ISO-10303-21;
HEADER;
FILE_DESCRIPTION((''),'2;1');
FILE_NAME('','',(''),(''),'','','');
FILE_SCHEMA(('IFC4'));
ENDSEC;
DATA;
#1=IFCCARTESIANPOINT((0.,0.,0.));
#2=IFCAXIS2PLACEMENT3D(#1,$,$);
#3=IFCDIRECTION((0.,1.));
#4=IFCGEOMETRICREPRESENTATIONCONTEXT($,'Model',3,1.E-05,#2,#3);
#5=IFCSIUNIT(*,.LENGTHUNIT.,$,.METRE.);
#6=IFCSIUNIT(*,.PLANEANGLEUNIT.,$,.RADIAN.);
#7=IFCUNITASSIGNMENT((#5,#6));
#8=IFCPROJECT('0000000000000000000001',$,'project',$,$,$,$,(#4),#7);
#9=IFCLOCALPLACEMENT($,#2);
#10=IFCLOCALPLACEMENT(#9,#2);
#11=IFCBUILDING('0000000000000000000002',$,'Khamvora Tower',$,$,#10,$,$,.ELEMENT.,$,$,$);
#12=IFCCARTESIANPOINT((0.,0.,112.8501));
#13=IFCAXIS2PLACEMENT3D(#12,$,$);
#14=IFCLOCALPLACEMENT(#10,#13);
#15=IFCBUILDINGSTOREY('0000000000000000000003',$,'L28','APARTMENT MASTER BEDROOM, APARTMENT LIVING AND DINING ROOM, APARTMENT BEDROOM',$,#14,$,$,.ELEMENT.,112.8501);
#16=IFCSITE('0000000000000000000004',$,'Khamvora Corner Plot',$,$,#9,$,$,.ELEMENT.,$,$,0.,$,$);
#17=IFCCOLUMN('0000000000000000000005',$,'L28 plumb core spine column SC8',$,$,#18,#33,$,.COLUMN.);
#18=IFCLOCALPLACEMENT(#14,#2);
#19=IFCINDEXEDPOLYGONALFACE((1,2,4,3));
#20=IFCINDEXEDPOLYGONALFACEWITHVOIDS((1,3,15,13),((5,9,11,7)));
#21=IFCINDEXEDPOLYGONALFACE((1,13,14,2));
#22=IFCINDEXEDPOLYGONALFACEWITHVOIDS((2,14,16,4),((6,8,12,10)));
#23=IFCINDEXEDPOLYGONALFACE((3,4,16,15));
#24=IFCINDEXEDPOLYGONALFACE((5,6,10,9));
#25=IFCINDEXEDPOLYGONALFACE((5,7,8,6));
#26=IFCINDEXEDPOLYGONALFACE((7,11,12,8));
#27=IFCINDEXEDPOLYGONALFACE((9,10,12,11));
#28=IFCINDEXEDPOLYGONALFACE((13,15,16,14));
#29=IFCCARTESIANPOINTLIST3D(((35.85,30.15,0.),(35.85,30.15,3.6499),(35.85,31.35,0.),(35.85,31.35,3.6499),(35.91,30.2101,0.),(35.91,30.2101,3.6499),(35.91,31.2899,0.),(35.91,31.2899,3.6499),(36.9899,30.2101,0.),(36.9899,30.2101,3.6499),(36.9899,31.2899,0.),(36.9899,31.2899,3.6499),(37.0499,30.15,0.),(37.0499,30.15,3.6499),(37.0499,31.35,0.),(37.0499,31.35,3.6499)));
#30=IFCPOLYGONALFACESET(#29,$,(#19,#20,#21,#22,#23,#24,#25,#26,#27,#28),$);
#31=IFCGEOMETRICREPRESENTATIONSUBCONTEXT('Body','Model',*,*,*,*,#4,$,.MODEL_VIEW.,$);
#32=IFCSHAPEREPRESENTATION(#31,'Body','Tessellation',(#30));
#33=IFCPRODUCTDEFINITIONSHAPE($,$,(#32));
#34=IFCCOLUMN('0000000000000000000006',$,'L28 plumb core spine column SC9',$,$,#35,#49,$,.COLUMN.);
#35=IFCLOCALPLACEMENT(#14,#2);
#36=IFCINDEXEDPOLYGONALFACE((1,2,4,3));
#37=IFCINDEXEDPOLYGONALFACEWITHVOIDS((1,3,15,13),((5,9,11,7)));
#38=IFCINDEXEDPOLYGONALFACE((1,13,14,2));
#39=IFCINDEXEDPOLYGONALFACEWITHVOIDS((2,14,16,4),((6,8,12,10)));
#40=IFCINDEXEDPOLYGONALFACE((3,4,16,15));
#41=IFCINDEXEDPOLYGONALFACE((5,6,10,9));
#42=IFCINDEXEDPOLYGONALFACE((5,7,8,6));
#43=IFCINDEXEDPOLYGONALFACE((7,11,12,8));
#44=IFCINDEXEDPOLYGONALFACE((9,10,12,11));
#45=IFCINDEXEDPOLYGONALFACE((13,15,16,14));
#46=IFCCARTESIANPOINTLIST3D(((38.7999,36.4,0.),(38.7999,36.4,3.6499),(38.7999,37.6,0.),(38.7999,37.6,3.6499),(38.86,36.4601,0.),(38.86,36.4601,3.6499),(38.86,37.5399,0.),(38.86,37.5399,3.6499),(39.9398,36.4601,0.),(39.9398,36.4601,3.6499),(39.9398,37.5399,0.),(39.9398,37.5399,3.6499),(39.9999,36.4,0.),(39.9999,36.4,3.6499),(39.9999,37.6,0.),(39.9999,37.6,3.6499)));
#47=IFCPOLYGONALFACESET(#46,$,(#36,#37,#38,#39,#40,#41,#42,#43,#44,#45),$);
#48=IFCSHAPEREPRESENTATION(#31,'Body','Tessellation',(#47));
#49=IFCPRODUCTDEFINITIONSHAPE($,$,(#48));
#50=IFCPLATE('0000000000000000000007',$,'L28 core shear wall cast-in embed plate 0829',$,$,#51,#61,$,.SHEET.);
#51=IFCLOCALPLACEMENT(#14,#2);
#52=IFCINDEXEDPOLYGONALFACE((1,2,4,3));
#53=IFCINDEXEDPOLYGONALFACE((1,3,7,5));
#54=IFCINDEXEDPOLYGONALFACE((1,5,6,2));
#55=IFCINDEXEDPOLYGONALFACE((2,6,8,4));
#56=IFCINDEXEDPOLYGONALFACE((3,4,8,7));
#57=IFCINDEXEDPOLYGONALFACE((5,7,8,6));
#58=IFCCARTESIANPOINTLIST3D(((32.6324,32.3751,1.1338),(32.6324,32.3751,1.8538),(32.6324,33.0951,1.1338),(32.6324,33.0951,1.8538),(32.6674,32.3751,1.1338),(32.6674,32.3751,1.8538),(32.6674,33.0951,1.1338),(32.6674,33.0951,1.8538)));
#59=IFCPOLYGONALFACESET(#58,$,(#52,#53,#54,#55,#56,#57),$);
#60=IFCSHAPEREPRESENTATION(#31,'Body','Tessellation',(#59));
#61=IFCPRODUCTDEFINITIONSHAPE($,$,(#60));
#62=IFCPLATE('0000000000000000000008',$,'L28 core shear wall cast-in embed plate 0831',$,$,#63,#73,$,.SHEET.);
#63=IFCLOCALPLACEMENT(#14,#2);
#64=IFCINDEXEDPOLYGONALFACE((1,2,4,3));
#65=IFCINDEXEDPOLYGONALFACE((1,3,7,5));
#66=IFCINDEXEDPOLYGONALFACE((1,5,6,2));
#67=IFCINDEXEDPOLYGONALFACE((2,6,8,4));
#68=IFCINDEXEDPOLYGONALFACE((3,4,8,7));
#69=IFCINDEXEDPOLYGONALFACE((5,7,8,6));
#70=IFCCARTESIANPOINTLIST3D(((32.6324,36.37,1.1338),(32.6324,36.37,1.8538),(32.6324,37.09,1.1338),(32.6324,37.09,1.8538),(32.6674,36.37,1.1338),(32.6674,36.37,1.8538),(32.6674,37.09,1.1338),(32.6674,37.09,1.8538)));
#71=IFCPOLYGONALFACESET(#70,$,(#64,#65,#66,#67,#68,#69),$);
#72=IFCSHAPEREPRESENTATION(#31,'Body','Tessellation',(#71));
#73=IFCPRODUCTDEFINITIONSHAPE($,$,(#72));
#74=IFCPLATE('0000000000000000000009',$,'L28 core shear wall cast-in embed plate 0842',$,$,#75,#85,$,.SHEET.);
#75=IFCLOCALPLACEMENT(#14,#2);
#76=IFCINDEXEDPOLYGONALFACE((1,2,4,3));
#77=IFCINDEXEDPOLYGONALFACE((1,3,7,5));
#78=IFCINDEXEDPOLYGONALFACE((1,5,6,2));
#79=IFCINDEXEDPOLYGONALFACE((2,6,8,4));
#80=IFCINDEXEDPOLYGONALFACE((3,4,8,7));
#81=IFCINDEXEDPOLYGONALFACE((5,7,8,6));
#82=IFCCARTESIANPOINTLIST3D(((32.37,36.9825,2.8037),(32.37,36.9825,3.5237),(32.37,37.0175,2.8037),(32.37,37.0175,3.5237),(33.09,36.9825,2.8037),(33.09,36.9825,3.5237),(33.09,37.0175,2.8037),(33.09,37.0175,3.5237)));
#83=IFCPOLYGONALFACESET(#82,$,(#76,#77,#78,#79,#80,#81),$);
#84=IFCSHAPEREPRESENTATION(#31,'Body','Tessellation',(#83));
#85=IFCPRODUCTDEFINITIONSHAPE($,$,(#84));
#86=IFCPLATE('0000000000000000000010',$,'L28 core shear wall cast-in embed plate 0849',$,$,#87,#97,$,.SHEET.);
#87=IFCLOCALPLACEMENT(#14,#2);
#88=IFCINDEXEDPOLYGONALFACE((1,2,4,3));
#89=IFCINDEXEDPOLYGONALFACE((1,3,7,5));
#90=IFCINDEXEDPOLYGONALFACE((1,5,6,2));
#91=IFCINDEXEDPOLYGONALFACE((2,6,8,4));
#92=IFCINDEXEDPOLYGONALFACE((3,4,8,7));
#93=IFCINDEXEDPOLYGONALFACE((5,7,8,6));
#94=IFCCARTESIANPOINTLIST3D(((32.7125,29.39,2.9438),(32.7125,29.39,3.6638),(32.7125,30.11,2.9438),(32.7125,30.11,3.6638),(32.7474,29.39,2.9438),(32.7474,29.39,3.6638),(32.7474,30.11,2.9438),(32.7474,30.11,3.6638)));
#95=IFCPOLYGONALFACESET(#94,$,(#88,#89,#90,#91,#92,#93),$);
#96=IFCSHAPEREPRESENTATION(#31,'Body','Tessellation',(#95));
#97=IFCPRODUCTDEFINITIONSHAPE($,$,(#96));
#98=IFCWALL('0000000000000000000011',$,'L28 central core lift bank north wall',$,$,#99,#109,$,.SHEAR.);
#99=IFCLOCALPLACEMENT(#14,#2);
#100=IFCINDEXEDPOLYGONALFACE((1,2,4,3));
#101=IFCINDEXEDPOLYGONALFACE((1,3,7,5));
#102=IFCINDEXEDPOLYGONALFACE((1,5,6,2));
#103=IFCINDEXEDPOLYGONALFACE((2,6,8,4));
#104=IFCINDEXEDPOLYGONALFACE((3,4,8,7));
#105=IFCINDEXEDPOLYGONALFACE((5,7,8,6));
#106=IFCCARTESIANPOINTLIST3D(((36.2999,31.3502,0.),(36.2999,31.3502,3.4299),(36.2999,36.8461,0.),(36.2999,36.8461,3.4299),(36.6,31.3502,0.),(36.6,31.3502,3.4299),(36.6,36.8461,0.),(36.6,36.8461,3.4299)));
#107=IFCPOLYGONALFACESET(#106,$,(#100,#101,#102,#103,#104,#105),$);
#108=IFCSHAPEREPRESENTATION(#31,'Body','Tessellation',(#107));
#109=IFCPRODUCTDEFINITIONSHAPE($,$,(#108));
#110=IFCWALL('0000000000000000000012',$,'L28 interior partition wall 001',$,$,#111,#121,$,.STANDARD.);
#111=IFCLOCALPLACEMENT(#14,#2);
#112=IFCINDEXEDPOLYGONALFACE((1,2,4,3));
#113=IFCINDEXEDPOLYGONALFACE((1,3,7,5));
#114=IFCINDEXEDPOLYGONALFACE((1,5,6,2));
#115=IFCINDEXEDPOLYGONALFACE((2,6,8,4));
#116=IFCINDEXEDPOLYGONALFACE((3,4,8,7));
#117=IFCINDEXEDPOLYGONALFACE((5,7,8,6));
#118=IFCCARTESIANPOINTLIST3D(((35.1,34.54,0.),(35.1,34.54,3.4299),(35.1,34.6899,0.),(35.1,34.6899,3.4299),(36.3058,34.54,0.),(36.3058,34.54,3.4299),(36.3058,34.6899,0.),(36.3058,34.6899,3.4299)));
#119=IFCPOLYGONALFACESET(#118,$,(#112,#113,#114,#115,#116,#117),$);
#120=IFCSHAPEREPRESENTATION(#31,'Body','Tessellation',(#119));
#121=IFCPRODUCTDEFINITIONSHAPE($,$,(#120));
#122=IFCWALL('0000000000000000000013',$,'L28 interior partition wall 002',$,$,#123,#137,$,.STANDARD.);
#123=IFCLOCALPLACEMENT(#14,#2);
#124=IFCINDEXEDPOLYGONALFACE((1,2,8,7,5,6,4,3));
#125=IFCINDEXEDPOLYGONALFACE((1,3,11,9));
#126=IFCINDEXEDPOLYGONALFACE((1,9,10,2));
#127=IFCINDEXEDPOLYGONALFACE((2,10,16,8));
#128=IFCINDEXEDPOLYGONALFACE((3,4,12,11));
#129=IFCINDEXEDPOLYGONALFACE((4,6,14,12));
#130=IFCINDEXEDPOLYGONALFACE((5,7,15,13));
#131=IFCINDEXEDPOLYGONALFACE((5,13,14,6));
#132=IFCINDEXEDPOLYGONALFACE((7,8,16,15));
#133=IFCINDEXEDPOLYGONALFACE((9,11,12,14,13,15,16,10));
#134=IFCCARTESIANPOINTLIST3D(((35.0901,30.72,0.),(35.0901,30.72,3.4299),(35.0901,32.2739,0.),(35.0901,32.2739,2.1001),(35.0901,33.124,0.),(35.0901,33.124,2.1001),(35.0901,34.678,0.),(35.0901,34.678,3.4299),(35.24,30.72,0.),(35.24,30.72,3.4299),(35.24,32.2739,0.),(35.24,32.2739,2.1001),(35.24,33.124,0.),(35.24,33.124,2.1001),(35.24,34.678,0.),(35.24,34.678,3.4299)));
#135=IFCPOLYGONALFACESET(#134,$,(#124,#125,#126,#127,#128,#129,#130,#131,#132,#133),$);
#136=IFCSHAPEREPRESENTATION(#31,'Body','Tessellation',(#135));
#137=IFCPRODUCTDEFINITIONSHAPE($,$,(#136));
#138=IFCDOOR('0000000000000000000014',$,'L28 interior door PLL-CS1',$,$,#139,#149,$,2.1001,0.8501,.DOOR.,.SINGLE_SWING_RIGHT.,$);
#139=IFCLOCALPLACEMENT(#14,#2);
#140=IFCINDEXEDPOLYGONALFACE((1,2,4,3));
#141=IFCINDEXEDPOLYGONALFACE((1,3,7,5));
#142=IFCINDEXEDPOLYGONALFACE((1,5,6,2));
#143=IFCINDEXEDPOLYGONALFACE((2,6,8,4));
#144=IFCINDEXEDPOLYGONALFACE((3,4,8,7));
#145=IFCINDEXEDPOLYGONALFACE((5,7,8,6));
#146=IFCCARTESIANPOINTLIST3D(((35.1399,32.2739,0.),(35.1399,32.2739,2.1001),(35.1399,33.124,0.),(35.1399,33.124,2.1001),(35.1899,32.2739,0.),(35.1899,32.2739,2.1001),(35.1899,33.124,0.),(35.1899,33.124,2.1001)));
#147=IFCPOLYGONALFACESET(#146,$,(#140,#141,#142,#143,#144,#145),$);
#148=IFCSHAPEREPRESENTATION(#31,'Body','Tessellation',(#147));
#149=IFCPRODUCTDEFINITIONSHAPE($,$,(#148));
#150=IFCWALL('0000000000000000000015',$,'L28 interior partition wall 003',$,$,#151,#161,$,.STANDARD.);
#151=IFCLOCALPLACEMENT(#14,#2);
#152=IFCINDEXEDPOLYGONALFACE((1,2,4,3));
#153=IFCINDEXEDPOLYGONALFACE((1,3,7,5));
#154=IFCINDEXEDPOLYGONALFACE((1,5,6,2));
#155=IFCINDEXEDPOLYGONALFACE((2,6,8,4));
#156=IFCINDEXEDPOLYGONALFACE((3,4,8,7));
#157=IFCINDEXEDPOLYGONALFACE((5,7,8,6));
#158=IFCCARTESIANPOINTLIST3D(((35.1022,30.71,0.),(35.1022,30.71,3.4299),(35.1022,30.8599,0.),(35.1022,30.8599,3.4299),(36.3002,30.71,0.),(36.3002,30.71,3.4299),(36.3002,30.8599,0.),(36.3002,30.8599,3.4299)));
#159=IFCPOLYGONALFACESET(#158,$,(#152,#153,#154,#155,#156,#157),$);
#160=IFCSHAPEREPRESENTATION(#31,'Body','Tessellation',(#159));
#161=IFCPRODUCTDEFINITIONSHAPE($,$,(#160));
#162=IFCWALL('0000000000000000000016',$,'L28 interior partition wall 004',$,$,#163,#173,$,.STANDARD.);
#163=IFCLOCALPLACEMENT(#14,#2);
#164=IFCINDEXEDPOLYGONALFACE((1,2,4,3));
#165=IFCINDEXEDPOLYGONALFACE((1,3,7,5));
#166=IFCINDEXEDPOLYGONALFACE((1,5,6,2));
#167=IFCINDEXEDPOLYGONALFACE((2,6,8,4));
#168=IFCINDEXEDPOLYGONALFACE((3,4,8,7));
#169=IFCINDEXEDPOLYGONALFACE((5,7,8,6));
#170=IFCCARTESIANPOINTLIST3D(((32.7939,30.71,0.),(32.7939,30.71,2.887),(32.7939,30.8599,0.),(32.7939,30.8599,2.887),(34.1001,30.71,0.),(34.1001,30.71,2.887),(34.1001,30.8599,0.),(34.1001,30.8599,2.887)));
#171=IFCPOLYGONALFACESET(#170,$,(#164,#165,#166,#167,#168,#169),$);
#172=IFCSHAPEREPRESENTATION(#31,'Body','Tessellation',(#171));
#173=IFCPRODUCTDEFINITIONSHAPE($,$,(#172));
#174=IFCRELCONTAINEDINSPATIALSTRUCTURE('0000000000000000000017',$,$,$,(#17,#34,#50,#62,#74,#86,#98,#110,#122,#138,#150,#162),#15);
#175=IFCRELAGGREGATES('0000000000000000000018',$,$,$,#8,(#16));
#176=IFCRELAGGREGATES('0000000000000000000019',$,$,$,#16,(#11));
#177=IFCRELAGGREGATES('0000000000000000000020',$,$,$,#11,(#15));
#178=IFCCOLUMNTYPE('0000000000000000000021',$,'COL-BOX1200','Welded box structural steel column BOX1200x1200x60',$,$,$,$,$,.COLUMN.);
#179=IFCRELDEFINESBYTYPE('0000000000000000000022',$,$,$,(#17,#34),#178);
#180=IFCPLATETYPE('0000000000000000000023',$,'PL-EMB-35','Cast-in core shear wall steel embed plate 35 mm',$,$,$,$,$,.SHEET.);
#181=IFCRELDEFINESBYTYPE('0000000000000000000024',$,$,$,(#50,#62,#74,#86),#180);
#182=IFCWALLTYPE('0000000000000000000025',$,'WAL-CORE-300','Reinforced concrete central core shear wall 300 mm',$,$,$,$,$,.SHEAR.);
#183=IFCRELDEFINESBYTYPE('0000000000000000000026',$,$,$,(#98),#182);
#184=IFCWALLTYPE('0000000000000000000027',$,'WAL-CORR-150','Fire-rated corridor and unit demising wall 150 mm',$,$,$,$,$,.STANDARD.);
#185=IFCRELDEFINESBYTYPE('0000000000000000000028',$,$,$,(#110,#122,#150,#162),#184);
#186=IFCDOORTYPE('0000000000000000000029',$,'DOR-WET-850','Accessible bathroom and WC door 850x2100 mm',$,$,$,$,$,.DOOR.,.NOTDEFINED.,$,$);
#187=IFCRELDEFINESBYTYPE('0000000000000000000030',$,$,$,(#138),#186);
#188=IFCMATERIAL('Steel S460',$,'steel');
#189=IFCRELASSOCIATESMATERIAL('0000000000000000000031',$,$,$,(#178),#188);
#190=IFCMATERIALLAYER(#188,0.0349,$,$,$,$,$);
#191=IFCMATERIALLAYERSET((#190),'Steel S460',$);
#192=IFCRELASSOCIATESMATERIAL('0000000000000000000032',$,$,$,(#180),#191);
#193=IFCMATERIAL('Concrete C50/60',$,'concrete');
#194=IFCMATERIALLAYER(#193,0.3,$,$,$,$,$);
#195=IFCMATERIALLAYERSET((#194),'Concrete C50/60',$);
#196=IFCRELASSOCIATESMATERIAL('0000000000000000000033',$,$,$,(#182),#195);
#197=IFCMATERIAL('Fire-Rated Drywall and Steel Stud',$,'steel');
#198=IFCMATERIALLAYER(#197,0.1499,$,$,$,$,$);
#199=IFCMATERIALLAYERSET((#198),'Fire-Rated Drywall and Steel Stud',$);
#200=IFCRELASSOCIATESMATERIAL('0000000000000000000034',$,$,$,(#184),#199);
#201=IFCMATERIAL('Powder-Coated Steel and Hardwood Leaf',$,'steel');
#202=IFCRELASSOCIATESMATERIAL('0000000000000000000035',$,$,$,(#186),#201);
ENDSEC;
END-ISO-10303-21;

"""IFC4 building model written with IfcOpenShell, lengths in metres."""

from ifc_helpers import new_model, si_unit, direction, frame, frame_2d, origin, origin_2d, place, context, subcontext, project, spatial, rectangle, hollow_rectangle, extrude, material, layer, layer_set, material_profile, profile_set, type_object, element, fill, save


model = new_model("IFC4")

# Units and contexts
model_context = context("Model", 3, precision=1e-05, world=origin(), true_north=direction((0.0, 1.0)))
body_context = subcontext(model_context, "Body", "Model", "MODEL_VIEW")
ifc_project = project(units=[si_unit("LENGTHUNIT", "METRE"), si_unit("PLANEANGLEUNIT", "RADIAN")], contexts=[model_context])

# Site, building, storey
site_placement = place(None, origin())
site = spatial("IfcSite", under=ifc_project, at=site_placement, Name="Khamvora Corner Plot", CompositionType="ELEMENT", RefElevation=0.0)
building_placement = place(site_placement, origin())
building = spatial("IfcBuilding", under=site, at=building_placement, Name="Khamvora Tower", CompositionType="ELEMENT")
storey_placement = place(building_placement, frame((0.0, 0.0, 112.8501)))
storey = spatial("IfcBuildingStorey", under=building, at=storey_placement, Name="L28", Description="APARTMENT MASTER BEDROOM, APARTMENT LIVING AND DINING ROOM, APARTMENT BEDROOM", CompositionType="ELEMENT", Elevation=112.8501)

# Columns
ifc_material_1 = material(Name="Steel S460", Category="steel")
ifc_material_profile = material_profile(ifc_material_1, hollow_rectangle(XDim=1.2, YDim=1.2, WallThickness=0.0601, at=origin_2d()), Name="BOX1200x1200x60")
ifc_profile_set = profile_set([ifc_material_profile], Name="Steel S460")
column_type = type_object("IfcColumnType", Name="COL-BOX1200", Description="Welded box structural steel column BOX1200x1200x60", PredefinedType="COLUMN", material=ifc_profile_set)
for number, where, z_axis, x_axis, name in (
    (1, (36.45, 30.75, 0.0), (0.0, 0.0, 1.0), (1.0, 0.0, 0.0), "L28 plumb core spine column SC8"),
    (2, (39.3999, 37.0, 0.0), (0.0, 0.0, 1.0), (1.0, 0.0, 0.0), "L28 plumb core spine column SC9"),
):
    element("IfcColumn", number, at=place(storey_placement, frame(where, z_axis=z_axis, x_axis=x_axis)), inside=storey, type_object=column_type, Name=name, PredefinedType="COLUMN", context=body_context, shape_type="SweptSolid", body=[
        extrude(hollow_rectangle(XDim=1.2, YDim=1.2, WallThickness=0.0601, at=origin_2d()), origin(), (0.0, 0.0, 1.0), 3.6499),
    ])

# Plates
ifc_layer_1 = layer(ifc_material_1, 0.0349)
ifc_layer_set_1 = layer_set([ifc_layer_1], Name="Steel S460")
plate_type = type_object("IfcPlateType", Name="PL-EMB-35", Description="Cast-in core shear wall steel embed plate 35 mm", PredefinedType="SHEET", material=ifc_layer_set_1)
for number, where, z_axis, x_axis, name in (
    (3, (32.6499, 32.7351, 1.1338), (0.0, 0.0, 1.0), (1.0, 0.0, 0.0), "L28 core shear wall cast-in embed plate 0829"),
    (4, (32.6499, 36.73, 1.1338), (0.0, 0.0, 1.0), (1.0, 0.0, 0.0), "L28 core shear wall cast-in embed plate 0831"),
):
    element("IfcPlate", number, at=place(storey_placement, frame(where, z_axis=z_axis, x_axis=x_axis)), inside=storey, type_object=plate_type, Name=name, PredefinedType="SHEET", context=body_context, shape_type="SweptSolid", body=[
        extrude(rectangle(XDim=0.0349, YDim=0.72, at=origin_2d()), origin(), (0.0, 0.0, 1.0), 0.72),
    ])
plate_1_placement = place(storey_placement, frame((32.73, 37.0, 2.8037), z_axis=(0.0, 0.0, 1.0), x_axis=(1.0, 0.0, 0.0)))
element("IfcPlate", 5, at=plate_1_placement, inside=storey, type_object=plate_type, Name="L28 core shear wall cast-in embed plate 0842", PredefinedType="SHEET", context=body_context, shape_type="SweptSolid", body=[
    extrude(rectangle(XDim=0.72, YDim=0.0349, at=origin_2d()), origin(), (0.0, 0.0, 1.0), 0.72),
])
plate_2_placement = place(storey_placement, frame((32.73, 29.75, 2.9438), z_axis=(0.0, 0.0, 1.0), x_axis=(1.0, 0.0, 0.0)))
element("IfcPlate", 6, at=plate_2_placement, inside=storey, type_object=plate_type, Name="L28 core shear wall cast-in embed plate 0849", PredefinedType="SHEET", context=body_context, shape_type="SweptSolid", body=[
    extrude(rectangle(XDim=0.0349, YDim=0.72, at=origin_2d()), origin(), (0.0, 0.0, 1.0), 0.72),
])

# Walls
ifc_material_2 = material(Name="Concrete C50/60", Category="concrete")
ifc_layer_2 = layer(ifc_material_2, 0.3)
ifc_layer_set_2 = layer_set([ifc_layer_2], Name="Concrete C50/60")
wall_type_1 = type_object("IfcWallType", Name="WAL-CORE-300", Description="Reinforced concrete central core shear wall 300 mm", PredefinedType="SHEAR", material=ifc_layer_set_2)
wall_1_placement = place(storey_placement, frame((36.45, 31.3501, 0.0), z_axis=(0.0, 0.0, 1.0), x_axis=(0.0, 1.0, 0.0)))
element("IfcWall", 7, at=wall_1_placement, inside=storey, type_object=wall_type_1, Name="L28 central core lift bank north wall", PredefinedType="SHEAR", context=body_context, shape_type="SweptSolid", body=[
    extrude(rectangle(XDim=5.4958, YDim=0.3, at=frame_2d((2.748, 0.0))), origin(), (0.0, 0.0, 1.0), 3.4299),
])
ifc_material_3 = material(Name="Fire-Rated Drywall and Steel Stud", Category="steel")
ifc_layer_3 = layer(ifc_material_3, 0.1499)
ifc_layer_set_3 = layer_set([ifc_layer_3], Name="Fire-Rated Drywall and Steel Stud")
wall_type_2 = type_object("IfcWallType", Name="WAL-CORR-150", Description="Fire-rated corridor and unit demising wall 150 mm", PredefinedType="STANDARD", material=ifc_layer_set_3)
wall_2_placement = place(storey_placement, frame((36.3059, 34.615, 0.0), z_axis=(0.0, 0.0, 1.0), x_axis=(-1.0, 0.0, 0.0)))
element("IfcWall", 8, at=wall_2_placement, inside=storey, type_object=wall_type_2, Name="L28 interior partition wall 001", PredefinedType="STANDARD", context=body_context, shape_type="SweptSolid", body=[
    extrude(rectangle(XDim=1.2058, YDim=0.1499, at=frame_2d((0.603, 0.0))), origin(), (0.0, 0.0, 1.0), 3.4299),
])

# Wall, opening, door
wall_3_placement = place(storey_placement, frame((35.165, 34.678, 0.0), z_axis=(0.0, 0.0, 1.0), x_axis=(0.0, -1.0, 0.0)))
wall_3 = element("IfcWall", 9, at=wall_3_placement, inside=storey, type_object=wall_type_2, Name="L28 interior partition wall 002", PredefinedType="STANDARD", context=body_context, shape_type="SweptSolid", body=[
    extrude(rectangle(XDim=3.958, YDim=0.1499, at=frame_2d((1.979, 0.0))), origin(), (0.0, 0.0, 1.0), 3.4299),
])
opening_1_placement = place(wall_3_placement, frame((1.554, 0.0, 0.0)))
opening_1 = element("IfcOpeningElement", 10, at=opening_1_placement, cuts=wall_3, PredefinedType="OPENING", context=body_context, shape_type="SweptSolid", body=[
    extrude(rectangle(XDim=0.8501, YDim=2.1001, at=frame_2d((0.425, 1.05))), frame((0.0, 0.085, 0.0), z_axis=(0.0, -1.0, 0.0), x_axis=(1.0, 0.0, 0.0)), (0.0, 0.0, 1.0), 0.1699),
])
ifc_material_4 = material(Name="Powder-Coated Steel and Hardwood Leaf", Category="steel")
door_type_1 = type_object("IfcDoorType", Name="DOR-WET-850", Description="Accessible bathroom and WC door 850x2100 mm", OperationType="NOTDEFINED", PredefinedType="DOOR", material=ifc_material_4)
door_1_placement = place(opening_1_placement, origin())
door_1 = element("IfcDoor", 11, at=door_1_placement, inside=storey, type_object=door_type_1, Name="L28 interior door PLL-CS1", OperationType="SINGLE_SWING_RIGHT", OverallHeight=2.1001, OverallWidth=0.8501, PredefinedType="DOOR", context=body_context, shape_type="SweptSolid", body=[
    extrude(rectangle(XDim=0.8501, YDim=2.1001, at=frame_2d((0.425, 1.05))), frame((0.0, 0.0249, 0.0), z_axis=(0.0, -1.0, 0.0), x_axis=(1.0, 0.0, 0.0)), (0.0, 0.0, 1.0), 0.05),
])
fill(opening_1, door_1)

# Walls
wall_4_placement = place(storey_placement, frame((35.1021, 30.7849, 0.0), z_axis=(0.0, 0.0, 1.0), x_axis=(1.0, 0.0, 0.0)))
element("IfcWall", 12, at=wall_4_placement, inside=storey, type_object=wall_type_2, Name="L28 interior partition wall 003", PredefinedType="STANDARD", context=body_context, shape_type="SweptSolid", body=[
    extrude(rectangle(XDim=1.198, YDim=0.1499, at=frame_2d((0.5991, 0.0))), origin(), (0.0, 0.0, 1.0), 3.4299),
])
wall_5_placement = place(storey_placement, frame((32.7939, 30.7849, 0.0), z_axis=(0.0, 0.0, 1.0), x_axis=(1.0, 0.0, 0.0)))
element("IfcWall", 13, at=wall_5_placement, inside=storey, type_object=wall_type_2, Name="L28 interior partition wall 004", PredefinedType="STANDARD", context=body_context, shape_type="SweptSolid", body=[
    extrude(rectangle(XDim=1.3062, YDim=0.1499, at=frame_2d((0.6531, 0.0))), origin(), (0.0, 0.0, 1.0), 2.887),
])

save(model, "model.ifc")
